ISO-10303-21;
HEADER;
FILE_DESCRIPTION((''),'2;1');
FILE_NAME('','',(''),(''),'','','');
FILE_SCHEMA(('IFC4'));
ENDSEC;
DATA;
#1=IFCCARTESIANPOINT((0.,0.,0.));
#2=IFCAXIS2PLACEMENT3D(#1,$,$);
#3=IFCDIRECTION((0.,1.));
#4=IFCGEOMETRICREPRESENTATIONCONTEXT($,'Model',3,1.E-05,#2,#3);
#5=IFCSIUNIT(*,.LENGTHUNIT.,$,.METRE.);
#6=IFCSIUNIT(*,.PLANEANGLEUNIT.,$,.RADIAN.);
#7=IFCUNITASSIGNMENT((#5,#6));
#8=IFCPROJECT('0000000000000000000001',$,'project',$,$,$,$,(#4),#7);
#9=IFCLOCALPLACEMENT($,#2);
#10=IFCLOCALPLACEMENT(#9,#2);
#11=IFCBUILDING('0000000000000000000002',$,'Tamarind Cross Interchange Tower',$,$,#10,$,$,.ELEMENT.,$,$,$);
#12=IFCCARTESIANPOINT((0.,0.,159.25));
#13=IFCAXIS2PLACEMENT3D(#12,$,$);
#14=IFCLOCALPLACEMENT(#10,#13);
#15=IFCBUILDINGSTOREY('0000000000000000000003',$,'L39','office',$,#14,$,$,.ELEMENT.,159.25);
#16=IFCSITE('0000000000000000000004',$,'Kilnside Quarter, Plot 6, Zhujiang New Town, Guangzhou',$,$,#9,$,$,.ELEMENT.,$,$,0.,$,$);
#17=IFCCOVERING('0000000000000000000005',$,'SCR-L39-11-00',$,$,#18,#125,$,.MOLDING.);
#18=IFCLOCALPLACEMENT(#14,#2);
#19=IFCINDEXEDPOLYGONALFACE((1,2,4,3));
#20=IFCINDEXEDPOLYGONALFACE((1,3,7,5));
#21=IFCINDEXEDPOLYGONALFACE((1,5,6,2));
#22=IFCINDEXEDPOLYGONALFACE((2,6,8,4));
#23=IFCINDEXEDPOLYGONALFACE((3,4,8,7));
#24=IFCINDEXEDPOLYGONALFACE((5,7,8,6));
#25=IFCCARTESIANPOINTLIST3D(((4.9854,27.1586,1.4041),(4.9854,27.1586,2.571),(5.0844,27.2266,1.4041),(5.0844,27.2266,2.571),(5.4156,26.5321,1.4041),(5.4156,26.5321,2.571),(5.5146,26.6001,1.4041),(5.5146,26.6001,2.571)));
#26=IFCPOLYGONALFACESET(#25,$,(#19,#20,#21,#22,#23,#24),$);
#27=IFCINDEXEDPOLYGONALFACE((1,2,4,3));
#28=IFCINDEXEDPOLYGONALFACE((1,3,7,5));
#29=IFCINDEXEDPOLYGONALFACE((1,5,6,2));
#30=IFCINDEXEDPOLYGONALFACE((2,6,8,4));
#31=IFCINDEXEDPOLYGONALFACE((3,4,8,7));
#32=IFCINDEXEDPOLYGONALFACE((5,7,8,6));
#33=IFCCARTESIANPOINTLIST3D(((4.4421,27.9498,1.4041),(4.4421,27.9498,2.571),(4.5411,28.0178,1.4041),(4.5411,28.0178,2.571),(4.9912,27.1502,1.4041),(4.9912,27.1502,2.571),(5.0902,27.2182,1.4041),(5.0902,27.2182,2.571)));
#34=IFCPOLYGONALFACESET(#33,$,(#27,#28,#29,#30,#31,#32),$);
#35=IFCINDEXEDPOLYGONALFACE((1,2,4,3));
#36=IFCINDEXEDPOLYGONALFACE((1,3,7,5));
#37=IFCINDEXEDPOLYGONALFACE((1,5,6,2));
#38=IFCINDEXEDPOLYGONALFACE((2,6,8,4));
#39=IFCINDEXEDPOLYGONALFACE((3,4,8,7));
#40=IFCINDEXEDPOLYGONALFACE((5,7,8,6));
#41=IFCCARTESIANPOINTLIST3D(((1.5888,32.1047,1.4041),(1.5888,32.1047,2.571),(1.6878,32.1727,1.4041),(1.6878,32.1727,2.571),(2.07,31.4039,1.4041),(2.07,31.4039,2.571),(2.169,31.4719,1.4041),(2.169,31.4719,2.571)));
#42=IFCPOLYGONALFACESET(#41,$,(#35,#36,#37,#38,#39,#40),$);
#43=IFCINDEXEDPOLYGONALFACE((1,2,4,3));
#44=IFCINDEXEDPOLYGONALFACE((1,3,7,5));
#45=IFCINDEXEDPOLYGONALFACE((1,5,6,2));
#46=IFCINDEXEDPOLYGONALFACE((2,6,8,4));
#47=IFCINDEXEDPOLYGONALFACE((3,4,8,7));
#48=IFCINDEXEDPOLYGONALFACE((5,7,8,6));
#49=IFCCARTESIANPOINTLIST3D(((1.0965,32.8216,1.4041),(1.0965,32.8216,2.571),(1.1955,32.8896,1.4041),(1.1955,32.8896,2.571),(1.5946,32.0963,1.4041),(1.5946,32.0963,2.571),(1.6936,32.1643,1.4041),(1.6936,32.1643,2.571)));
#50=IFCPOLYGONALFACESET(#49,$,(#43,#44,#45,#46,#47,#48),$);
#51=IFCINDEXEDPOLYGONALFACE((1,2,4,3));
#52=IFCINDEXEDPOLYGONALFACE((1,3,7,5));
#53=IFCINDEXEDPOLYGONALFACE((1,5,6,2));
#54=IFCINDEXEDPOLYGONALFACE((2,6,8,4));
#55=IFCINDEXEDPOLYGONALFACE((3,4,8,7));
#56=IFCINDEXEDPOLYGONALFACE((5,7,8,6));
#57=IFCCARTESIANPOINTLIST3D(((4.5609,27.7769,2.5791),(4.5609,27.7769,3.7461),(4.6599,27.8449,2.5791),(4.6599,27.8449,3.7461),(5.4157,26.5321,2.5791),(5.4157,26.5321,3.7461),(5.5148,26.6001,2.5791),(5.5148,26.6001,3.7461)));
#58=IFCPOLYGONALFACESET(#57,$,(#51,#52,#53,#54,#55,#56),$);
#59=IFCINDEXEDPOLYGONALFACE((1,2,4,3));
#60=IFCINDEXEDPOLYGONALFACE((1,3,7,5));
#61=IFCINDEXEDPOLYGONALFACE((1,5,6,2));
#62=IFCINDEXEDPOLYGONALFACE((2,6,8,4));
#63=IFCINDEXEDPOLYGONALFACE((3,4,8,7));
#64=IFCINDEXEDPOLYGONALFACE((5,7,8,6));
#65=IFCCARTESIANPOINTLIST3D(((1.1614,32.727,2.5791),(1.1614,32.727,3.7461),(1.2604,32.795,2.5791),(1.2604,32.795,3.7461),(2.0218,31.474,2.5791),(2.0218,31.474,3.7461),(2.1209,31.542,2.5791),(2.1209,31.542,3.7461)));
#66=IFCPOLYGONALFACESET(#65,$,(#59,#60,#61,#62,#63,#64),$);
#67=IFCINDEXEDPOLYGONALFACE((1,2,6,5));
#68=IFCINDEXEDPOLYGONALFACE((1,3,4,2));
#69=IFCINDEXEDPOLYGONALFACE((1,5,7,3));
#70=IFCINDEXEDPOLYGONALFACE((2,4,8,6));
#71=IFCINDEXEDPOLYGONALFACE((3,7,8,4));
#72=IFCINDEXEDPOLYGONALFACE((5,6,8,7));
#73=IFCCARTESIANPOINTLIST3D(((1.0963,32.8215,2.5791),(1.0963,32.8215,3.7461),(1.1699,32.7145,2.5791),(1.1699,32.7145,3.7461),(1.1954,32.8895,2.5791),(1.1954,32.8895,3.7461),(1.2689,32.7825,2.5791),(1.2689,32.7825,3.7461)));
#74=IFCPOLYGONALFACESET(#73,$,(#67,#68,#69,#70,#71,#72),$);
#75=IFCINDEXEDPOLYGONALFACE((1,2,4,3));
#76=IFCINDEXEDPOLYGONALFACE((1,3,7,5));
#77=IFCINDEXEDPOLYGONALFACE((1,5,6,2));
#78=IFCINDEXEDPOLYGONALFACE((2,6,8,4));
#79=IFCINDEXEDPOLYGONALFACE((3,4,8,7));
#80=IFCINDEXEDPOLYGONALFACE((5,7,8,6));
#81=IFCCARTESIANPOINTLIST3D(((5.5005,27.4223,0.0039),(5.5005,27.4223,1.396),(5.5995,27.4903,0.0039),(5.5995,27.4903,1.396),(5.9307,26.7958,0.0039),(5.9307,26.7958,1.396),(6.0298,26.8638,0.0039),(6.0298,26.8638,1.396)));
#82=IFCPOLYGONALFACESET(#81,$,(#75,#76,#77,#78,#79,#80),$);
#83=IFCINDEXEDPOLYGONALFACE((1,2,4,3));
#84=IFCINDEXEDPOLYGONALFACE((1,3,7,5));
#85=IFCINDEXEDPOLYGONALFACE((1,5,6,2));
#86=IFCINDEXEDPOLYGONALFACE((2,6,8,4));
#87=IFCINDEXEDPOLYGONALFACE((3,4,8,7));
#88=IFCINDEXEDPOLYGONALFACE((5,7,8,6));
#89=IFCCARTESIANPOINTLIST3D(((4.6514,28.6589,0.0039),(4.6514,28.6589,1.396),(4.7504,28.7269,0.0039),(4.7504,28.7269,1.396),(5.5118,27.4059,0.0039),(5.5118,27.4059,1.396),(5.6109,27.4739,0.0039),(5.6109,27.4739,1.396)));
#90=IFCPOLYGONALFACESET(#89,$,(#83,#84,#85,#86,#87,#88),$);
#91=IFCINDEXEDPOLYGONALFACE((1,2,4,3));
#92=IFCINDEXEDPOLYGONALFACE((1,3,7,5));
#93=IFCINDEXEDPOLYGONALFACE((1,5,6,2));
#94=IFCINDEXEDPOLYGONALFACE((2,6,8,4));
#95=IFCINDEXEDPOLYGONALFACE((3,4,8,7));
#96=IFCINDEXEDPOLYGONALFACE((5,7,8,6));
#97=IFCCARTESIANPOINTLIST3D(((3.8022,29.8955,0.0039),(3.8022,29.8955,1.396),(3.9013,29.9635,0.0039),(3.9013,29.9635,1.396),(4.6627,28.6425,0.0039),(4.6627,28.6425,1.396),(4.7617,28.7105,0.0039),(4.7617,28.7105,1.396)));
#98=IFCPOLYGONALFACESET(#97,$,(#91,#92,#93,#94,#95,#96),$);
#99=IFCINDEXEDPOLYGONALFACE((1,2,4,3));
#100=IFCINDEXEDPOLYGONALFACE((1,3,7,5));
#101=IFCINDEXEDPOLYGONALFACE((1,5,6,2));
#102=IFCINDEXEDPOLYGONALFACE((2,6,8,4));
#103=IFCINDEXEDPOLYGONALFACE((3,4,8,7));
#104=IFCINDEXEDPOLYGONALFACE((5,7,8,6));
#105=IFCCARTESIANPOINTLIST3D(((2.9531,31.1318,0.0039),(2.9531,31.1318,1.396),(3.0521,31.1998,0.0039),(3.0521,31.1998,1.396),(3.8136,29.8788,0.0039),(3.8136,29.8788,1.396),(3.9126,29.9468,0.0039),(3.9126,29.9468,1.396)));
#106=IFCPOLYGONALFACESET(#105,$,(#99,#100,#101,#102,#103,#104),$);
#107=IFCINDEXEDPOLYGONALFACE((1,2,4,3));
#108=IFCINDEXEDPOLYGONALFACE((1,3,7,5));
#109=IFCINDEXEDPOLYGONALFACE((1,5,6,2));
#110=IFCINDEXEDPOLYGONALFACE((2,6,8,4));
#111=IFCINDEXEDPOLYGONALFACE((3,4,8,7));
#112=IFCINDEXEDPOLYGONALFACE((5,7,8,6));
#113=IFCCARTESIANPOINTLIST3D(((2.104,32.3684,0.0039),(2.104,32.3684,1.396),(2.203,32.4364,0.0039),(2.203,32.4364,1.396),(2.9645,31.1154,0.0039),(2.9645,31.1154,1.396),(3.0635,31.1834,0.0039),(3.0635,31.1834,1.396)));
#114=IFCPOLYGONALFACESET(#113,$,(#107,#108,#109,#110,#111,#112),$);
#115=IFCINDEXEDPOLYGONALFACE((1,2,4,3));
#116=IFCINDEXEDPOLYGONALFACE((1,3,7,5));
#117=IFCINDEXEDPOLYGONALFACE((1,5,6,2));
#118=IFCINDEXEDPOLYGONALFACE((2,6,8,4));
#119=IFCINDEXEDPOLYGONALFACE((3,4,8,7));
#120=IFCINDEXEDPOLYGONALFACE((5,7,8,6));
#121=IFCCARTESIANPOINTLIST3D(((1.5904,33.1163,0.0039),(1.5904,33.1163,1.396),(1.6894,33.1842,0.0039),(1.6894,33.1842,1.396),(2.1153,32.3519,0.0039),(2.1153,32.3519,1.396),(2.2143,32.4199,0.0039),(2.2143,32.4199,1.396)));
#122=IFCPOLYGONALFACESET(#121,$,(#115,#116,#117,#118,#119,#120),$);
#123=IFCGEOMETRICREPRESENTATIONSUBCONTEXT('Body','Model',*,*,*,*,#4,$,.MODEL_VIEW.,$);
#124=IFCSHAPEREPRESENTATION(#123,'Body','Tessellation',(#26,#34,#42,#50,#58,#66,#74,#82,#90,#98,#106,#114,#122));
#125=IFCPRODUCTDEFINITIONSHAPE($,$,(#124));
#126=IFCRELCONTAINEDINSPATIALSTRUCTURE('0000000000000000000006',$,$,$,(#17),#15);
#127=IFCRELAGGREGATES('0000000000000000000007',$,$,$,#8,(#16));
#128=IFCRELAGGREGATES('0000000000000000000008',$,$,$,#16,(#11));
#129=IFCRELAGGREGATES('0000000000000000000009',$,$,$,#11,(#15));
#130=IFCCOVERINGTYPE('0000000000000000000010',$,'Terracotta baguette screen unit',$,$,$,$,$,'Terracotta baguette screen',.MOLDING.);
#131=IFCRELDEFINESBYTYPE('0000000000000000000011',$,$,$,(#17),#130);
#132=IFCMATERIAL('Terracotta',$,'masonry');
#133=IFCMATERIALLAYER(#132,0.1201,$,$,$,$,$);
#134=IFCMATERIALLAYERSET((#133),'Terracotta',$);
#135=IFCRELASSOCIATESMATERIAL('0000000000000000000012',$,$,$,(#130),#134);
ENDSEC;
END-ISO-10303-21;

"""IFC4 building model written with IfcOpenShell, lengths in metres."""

from ifc_helpers import new_model, si_unit, direction, frame, origin, origin_2d, place, context, subcontext, project, spatial, rectangle, extrude, material, layer, layer_set, type_object, element, save


model = new_model("IFC4")

# Units and contexts
model_context = context("Model", 3, precision=1e-05, world=origin(), true_north=direction((0.0, 1.0)))
body_context = subcontext(model_context, "Body", "Model", "MODEL_VIEW")
ifc_project = project(units=[si_unit("LENGTHUNIT", "METRE"), si_unit("PLANEANGLEUNIT", "RADIAN")], contexts=[model_context])

# Site, building, storey
site_placement = place(None, origin())
site = spatial("IfcSite", under=ifc_project, at=site_placement, Name="Kilnside Quarter, Plot 6, Zhujiang New Town, Guangzhou", CompositionType="ELEMENT", RefElevation=0.0)
building_placement = place(site_placement, origin())
building = spatial("IfcBuilding", under=site, at=building_placement, Name="Tamarind Cross Interchange Tower", CompositionType="ELEMENT")
storey_placement = place(building_placement, frame((0.0, 0.0, 159.25)))
storey = spatial("IfcBuildingStorey", under=building, at=storey_placement, Name="L39", Description="office", CompositionType="ELEMENT", Elevation=159.25)

# Covering
ifc_material_1 = material(Name="Terracotta", Category="masonry")
ifc_layer_1 = layer(ifc_material_1, 0.1201)
ifc_layer_set_1 = layer_set([ifc_layer_1], Name="Terracotta")
covering_type = type_object("IfcCoveringType", Name="Terracotta baguette screen unit", ElementType="Terracotta baguette screen", PredefinedType="MOLDING", material=ifc_layer_set_1)
covering_1_placement = place(storey_placement, origin())
element("IfcCovering", 1, at=covering_1_placement, inside=storey, type_object=covering_type, Name="SCR-L39-11-00", PredefinedType="MOLDING", context=body_context, shape_type="SweptSolid", body=[
    extrude(rectangle(XDim=0.76, YDim=0.1201, at=origin_2d()), frame((5.25, 26.8794, 1.4041), z_axis=(0.0, 0.0, 1.0), x_axis=(-0.566096, 0.82434, 0.0)), (0.0, 0.0, 1.0), 1.167),
    extrude(rectangle(XDim=0.97, YDim=0.1201, at=origin_2d()), frame((4.7661, 27.584, 1.4041), z_axis=(0.0, 0.0, 1.0), x_axis=(-0.566096, 0.82434, 0.0)), (0.0, 0.0, 1.0), 1.167),
    extrude(rectangle(XDim=0.8501, YDim=0.1201, at=origin_2d()), frame((1.8789, 31.7883, 1.4041), z_axis=(0.0, 0.0, 1.0), x_axis=(-0.566096, 0.82434, 0.0)), (0.0, 0.0, 1.0), 1.167),
    extrude(rectangle(XDim=0.8799, YDim=0.1201, at=origin_2d()), frame((1.395, 32.4929, 1.4041), z_axis=(0.0, 0.0, 1.0), x_axis=(-0.566096, 0.82434, 0.0)), (0.0, 0.0, 1.0), 1.167),
    extrude(rectangle(XDim=1.51, YDim=0.1201, at=origin_2d()), frame((5.0378, 27.1885, 2.5791), z_axis=(0.0, 0.0, 1.0), x_axis=(-0.566096, 0.82434, 0.0)), (0.0, 0.0, 1.0), 1.167),
    extrude(rectangle(XDim=1.52, YDim=0.1201, at=origin_2d()), frame((1.6411, 32.1345, 2.5791), z_axis=(0.0, 0.0, 1.0), x_axis=(-0.566096, 0.82434, 0.0)), (0.0, 0.0, 1.0), 1.167),
    extrude(rectangle(XDim=0.1299, YDim=0.1201, at=origin_2d()), frame((1.1826, 32.802, 2.5791), z_axis=(0.0, 0.0, 1.0), x_axis=(-0.566096, 0.82434, 0.0)), (0.0, 0.0, 1.0), 1.167),
    extrude(rectangle(XDim=0.76, YDim=0.1201, at=origin_2d()), frame((5.7651, 27.1431, 0.0039), z_axis=(0.0, 0.0, 1.0), x_axis=(-0.566096, 0.82434, 0.0)), (0.0, 0.0, 1.0), 1.3921),
    extrude(rectangle(XDim=1.52, YDim=0.1201, at=origin_2d()), frame((5.1311, 28.0664, 0.0039), z_axis=(0.0, 0.0, 1.0), x_axis=(-0.566096, 0.82434, 0.0)), (0.0, 0.0, 1.0), 1.3921),
    extrude(rectangle(XDim=1.52, YDim=0.1201, at=origin_2d()), frame((4.282, 29.303, 0.0039), z_axis=(0.0, 0.0, 1.0), x_axis=(-0.566096, 0.82434, 0.0)), (0.0, 0.0, 1.0), 1.3921),
    extrude(rectangle(XDim=1.52, YDim=0.1201, at=origin_2d()), frame((3.4329, 30.5393, 0.0039), z_axis=(0.0, 0.0, 1.0), x_axis=(-0.566096, 0.82434, 0.0)), (0.0, 0.0, 1.0), 1.3921),
    extrude(rectangle(XDim=1.52, YDim=0.1201, at=origin_2d()), frame((2.5837, 31.7759, 0.0039), z_axis=(0.0, 0.0, 1.0), x_axis=(-0.566096, 0.82434, 0.0)), (0.0, 0.0, 1.0), 1.3921),
    extrude(rectangle(XDim=0.9272, YDim=0.1201, at=origin_2d()), frame((1.9023, 32.7681, 0.0039), z_axis=(0.0, 0.0, 1.0), x_axis=(-0.566096, 0.82434, 0.0)), (0.0, 0.0, 1.0), 1.3921),
])

save(model, "model.ifc")
